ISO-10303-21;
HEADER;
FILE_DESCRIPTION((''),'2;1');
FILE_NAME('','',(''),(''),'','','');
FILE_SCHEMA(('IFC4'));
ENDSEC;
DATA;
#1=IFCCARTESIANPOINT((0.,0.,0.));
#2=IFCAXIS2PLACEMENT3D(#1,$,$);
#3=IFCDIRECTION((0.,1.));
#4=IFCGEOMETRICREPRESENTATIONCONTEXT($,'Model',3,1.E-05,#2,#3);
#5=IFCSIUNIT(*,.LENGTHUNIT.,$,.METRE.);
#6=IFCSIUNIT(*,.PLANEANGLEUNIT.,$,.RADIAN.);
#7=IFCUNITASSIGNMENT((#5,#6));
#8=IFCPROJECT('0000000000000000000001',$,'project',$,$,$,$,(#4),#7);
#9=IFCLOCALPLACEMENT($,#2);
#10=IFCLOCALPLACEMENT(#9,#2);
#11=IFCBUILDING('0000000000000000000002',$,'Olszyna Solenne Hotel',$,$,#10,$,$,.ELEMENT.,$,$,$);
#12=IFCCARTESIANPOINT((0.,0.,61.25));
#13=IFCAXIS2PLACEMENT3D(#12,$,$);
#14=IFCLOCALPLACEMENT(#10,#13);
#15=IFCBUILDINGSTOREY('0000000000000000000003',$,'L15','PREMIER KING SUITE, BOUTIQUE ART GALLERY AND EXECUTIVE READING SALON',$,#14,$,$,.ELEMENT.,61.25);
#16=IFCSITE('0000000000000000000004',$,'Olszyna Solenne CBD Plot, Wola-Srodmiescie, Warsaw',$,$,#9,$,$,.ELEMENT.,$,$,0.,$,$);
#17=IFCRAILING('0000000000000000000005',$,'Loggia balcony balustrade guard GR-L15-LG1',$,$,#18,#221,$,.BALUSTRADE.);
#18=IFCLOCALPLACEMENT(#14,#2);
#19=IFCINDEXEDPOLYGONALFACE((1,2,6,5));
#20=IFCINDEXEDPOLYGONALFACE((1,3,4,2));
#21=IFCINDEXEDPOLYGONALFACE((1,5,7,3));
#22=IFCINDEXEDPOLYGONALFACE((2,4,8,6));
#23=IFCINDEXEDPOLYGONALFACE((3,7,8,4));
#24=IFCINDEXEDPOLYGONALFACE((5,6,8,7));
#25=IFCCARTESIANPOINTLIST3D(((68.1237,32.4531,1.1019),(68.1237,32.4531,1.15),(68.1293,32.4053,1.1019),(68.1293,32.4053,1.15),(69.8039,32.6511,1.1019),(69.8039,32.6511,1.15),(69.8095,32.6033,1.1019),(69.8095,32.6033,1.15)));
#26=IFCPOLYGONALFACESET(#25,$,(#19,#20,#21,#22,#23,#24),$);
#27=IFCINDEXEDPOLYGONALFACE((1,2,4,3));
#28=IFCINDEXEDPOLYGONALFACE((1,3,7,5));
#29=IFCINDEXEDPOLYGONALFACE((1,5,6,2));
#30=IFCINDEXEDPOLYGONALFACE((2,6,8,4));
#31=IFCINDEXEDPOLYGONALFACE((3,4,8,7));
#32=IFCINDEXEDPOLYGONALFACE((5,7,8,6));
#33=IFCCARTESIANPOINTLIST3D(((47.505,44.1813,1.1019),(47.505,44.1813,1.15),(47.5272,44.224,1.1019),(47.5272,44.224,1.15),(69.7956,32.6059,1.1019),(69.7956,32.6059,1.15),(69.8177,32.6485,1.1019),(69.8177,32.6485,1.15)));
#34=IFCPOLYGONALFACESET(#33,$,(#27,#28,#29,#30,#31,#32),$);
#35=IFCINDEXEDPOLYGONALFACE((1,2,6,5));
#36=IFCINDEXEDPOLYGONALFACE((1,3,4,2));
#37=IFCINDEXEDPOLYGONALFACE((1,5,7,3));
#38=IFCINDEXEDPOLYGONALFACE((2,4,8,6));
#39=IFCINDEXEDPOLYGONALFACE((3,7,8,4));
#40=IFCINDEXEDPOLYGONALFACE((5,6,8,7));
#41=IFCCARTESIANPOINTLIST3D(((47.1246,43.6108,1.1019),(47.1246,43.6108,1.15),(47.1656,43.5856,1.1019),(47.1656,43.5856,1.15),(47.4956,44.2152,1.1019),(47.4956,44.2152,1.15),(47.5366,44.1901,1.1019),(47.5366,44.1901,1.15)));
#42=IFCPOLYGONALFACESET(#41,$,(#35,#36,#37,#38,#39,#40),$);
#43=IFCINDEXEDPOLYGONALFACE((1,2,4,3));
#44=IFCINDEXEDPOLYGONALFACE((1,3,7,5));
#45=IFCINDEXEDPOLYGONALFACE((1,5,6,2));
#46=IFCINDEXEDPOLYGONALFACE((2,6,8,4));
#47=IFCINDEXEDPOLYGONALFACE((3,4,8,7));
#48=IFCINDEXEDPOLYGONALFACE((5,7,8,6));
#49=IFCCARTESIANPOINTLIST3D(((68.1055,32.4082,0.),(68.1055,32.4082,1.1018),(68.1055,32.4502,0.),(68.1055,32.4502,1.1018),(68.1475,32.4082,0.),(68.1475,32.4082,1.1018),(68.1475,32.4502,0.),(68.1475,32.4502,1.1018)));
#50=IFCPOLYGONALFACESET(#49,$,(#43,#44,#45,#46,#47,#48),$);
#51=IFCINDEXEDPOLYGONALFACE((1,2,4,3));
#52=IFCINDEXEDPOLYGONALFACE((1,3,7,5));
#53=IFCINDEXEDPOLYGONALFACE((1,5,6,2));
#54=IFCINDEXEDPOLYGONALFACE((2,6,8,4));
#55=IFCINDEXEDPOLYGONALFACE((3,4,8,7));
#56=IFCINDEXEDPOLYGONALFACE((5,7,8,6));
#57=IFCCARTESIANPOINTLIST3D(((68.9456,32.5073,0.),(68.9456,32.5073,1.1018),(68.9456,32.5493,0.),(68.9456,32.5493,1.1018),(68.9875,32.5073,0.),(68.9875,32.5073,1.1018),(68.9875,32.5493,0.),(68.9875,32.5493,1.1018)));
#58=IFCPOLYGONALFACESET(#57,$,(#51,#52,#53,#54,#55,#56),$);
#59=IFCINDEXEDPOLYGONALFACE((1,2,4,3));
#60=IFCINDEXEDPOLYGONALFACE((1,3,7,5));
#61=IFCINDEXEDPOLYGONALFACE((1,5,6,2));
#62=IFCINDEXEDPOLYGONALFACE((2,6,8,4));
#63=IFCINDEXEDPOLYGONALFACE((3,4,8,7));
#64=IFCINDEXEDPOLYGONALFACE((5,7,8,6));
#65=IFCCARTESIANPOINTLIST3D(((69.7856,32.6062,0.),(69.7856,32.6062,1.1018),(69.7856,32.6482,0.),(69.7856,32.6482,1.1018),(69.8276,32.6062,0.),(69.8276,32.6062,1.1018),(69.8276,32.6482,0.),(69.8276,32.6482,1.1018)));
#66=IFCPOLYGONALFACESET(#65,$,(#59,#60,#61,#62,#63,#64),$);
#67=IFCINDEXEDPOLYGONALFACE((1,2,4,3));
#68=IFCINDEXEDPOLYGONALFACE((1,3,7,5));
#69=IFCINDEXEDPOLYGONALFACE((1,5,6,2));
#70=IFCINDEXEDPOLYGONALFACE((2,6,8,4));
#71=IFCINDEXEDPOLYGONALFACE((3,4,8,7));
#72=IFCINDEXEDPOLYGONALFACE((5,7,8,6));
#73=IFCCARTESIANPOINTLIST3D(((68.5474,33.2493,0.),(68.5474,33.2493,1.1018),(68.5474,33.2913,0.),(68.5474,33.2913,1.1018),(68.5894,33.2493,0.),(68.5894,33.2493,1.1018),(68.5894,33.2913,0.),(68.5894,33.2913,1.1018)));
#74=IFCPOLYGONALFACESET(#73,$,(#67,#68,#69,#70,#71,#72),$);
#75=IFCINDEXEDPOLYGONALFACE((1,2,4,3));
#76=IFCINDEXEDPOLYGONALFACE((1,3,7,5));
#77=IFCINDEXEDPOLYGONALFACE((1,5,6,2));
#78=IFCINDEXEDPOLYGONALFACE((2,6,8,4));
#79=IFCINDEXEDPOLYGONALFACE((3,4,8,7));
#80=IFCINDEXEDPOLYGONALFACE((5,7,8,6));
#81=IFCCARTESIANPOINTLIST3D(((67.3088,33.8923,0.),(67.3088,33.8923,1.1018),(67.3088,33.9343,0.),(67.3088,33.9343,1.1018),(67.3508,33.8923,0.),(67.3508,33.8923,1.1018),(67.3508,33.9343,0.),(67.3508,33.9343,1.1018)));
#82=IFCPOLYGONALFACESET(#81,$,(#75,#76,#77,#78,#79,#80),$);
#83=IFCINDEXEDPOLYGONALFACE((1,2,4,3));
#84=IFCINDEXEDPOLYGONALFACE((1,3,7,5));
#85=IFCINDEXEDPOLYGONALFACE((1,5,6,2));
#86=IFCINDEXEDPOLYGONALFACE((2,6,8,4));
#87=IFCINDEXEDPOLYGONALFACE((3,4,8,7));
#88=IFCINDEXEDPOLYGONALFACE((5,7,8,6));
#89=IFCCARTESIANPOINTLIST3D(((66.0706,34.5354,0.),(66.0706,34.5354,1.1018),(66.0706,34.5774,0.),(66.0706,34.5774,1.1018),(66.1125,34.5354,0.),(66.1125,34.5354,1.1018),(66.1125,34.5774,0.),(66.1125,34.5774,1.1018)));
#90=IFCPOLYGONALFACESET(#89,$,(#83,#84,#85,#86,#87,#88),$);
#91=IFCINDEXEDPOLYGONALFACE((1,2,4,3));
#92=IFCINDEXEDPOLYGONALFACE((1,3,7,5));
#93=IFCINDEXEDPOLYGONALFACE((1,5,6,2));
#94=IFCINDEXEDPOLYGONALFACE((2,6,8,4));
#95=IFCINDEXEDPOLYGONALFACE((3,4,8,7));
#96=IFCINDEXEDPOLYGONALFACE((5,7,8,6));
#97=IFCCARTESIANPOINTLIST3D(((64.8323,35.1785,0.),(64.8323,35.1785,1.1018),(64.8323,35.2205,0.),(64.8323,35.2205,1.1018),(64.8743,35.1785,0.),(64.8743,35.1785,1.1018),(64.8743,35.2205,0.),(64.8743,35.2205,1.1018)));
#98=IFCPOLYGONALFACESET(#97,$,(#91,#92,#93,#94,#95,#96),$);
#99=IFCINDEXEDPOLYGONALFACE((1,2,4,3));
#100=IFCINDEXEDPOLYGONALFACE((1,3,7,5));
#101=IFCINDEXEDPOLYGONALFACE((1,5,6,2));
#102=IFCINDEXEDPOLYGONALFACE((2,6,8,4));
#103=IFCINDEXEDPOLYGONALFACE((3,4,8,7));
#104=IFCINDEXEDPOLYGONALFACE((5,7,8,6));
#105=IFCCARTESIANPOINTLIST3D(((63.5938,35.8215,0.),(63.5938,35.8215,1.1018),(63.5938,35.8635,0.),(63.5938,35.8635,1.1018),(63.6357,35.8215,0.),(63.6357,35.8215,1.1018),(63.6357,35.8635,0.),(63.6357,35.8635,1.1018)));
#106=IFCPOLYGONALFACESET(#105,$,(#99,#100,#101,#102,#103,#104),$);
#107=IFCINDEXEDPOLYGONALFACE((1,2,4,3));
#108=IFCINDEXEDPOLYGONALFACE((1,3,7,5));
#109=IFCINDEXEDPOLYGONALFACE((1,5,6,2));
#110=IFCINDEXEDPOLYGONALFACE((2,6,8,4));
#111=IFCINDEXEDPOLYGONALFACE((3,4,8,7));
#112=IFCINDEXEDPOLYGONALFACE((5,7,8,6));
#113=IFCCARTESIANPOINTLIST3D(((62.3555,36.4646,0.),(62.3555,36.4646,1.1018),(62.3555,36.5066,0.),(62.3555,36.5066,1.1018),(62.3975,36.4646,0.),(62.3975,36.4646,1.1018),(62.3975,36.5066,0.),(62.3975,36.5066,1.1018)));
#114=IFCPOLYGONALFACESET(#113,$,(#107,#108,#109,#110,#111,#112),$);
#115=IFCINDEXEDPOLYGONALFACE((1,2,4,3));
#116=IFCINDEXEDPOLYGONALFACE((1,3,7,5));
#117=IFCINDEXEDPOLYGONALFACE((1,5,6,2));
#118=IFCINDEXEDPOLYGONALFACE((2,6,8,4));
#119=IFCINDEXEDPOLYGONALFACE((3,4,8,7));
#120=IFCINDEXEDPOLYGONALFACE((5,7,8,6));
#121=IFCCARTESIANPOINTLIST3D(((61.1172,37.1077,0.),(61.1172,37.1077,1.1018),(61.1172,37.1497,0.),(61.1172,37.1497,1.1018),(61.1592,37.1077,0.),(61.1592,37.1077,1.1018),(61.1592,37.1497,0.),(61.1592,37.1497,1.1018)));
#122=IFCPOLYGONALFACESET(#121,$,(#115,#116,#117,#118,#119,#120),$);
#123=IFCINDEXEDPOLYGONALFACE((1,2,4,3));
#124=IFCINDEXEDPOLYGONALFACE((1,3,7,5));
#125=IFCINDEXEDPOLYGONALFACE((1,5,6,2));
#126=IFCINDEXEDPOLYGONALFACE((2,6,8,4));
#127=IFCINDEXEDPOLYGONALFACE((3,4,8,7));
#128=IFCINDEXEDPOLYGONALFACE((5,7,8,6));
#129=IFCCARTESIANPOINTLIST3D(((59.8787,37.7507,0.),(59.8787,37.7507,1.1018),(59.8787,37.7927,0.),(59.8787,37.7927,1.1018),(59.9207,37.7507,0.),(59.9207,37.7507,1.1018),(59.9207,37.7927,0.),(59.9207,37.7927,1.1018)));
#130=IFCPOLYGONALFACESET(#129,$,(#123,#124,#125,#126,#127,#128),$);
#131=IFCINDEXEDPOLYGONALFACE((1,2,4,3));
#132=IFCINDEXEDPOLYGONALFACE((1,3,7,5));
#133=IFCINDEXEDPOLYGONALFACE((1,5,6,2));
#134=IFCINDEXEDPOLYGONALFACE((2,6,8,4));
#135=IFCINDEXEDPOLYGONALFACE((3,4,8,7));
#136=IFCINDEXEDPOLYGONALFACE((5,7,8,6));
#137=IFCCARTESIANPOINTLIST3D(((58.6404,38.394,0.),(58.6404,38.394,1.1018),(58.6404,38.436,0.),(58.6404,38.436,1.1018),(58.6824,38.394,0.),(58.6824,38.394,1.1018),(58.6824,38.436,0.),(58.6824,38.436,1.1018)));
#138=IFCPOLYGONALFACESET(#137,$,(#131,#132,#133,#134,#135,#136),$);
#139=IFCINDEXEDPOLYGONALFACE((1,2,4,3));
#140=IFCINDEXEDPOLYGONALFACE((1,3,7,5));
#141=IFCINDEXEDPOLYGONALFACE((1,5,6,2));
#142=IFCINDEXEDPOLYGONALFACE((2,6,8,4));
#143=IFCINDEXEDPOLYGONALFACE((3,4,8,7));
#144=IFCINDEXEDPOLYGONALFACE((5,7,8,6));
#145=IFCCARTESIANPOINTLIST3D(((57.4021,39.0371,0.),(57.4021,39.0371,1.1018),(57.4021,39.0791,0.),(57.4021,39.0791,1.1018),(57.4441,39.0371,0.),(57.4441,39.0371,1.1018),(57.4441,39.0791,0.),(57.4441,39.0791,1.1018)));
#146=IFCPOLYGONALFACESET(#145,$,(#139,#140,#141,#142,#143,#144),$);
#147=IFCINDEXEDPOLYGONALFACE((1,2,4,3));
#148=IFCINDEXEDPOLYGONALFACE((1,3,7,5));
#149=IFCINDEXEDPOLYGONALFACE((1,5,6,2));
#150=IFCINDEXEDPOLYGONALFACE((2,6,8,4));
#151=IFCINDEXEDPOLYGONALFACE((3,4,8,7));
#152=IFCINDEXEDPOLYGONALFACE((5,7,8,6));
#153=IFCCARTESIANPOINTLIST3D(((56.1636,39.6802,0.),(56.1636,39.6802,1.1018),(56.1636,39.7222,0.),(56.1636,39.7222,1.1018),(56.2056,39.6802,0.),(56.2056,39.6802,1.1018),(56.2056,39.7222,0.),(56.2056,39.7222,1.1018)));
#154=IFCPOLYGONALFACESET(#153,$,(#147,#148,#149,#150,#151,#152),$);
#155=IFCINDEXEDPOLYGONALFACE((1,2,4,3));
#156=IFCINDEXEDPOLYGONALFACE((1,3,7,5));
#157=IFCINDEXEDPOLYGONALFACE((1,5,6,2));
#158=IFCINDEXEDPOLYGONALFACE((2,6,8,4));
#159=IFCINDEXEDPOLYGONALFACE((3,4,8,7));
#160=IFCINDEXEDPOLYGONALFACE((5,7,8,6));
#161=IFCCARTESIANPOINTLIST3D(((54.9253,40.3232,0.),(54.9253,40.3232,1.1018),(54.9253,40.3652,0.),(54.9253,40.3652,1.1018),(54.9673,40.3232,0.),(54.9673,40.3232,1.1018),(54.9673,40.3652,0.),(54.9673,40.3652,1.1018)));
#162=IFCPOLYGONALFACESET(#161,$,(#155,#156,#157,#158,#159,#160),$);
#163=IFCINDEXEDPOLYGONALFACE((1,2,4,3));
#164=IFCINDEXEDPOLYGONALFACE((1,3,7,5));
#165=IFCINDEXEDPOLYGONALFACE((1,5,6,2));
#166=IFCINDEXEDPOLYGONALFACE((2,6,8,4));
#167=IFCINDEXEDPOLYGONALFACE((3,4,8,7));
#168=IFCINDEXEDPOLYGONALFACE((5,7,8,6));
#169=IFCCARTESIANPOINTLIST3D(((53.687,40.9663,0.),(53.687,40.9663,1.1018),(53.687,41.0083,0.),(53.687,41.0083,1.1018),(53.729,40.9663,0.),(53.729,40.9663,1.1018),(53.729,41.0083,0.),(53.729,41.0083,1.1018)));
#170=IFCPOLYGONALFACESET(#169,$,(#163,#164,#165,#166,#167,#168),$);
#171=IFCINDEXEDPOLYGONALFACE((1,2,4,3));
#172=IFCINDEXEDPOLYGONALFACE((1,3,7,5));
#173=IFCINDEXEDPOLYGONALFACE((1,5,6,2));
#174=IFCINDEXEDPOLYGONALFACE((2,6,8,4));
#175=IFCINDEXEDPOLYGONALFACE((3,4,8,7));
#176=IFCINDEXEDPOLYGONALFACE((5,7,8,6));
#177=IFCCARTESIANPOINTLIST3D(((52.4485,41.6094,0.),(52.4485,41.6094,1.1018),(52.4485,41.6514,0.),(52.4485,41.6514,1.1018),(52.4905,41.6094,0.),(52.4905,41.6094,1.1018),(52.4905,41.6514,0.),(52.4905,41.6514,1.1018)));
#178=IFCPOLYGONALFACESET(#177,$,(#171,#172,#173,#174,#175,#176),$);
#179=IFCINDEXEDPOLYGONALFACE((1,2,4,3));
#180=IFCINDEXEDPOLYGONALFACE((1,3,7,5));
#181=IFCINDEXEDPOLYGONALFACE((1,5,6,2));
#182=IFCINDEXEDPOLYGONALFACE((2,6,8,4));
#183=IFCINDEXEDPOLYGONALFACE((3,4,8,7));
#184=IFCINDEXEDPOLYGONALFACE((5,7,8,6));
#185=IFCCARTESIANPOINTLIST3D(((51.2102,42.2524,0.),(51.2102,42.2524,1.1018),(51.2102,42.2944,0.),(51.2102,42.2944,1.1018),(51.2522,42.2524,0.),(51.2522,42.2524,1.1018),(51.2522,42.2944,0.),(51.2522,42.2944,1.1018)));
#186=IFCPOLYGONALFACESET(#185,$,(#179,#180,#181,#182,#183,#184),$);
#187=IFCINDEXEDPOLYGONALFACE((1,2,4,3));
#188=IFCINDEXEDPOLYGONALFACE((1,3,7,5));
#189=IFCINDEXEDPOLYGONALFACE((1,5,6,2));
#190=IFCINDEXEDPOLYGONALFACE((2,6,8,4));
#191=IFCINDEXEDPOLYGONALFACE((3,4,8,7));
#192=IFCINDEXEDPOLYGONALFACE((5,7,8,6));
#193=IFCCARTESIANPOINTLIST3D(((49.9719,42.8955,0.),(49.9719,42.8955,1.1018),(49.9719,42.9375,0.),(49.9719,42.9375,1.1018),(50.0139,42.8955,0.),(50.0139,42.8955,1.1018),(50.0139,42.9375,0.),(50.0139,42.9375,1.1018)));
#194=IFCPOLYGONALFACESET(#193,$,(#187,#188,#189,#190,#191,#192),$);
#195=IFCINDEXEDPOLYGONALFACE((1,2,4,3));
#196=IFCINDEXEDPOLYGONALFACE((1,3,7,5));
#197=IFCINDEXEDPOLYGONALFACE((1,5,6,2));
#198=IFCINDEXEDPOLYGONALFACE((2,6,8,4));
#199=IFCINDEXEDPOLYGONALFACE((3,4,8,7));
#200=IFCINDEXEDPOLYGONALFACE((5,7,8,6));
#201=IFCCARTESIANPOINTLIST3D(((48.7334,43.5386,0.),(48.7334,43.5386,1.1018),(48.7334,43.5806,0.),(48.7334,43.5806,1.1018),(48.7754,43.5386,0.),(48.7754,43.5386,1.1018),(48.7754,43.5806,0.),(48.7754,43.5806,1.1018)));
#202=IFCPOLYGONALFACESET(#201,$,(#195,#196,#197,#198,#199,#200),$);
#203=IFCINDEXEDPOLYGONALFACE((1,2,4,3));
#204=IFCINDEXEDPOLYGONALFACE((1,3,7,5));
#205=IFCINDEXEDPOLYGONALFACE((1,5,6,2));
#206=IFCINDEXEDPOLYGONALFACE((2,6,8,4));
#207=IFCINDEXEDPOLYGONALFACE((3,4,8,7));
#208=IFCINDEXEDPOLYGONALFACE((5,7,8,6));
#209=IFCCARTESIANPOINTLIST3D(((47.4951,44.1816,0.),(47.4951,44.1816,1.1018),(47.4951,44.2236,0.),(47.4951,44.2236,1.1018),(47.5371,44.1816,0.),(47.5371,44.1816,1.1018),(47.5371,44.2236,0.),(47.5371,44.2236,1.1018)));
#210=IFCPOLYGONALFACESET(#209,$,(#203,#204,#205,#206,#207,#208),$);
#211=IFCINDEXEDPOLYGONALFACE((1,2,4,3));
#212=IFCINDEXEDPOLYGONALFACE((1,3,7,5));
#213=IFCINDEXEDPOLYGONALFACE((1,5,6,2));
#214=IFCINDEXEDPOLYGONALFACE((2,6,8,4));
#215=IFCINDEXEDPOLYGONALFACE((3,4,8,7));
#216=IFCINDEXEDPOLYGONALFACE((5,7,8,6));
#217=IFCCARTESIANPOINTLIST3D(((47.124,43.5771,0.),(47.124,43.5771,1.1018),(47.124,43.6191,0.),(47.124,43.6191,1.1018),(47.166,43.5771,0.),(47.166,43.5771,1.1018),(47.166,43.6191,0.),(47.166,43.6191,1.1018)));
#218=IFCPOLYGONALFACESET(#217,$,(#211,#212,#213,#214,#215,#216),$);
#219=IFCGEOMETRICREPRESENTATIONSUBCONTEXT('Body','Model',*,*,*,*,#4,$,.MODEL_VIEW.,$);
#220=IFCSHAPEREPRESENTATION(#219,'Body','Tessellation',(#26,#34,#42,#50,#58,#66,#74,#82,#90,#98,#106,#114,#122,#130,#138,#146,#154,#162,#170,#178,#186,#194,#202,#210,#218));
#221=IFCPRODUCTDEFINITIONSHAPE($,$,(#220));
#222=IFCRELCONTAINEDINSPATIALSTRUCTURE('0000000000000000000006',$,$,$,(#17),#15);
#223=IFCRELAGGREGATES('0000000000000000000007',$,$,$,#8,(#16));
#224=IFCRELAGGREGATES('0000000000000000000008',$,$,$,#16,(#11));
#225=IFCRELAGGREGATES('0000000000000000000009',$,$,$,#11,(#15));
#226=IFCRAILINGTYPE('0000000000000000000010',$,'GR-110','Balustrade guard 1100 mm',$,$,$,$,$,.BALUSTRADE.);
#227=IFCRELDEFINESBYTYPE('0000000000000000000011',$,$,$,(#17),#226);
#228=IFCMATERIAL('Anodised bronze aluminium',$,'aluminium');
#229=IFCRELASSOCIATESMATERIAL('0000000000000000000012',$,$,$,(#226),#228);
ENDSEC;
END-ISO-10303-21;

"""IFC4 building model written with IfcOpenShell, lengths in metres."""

from ifc_helpers import new_model, si_unit, direction, frame, origin, origin_2d, place, context, subcontext, project, spatial, rectangle, extrude, material, type_object, element, save


model = new_model("IFC4")

# Units and contexts
model_context = context("Model", 3, precision=1e-05, world=origin(), true_north=direction((0.0, 1.0)))
body_context = subcontext(model_context, "Body", "Model", "MODEL_VIEW")
ifc_project = project(units=[si_unit("LENGTHUNIT", "METRE"), si_unit("PLANEANGLEUNIT", "RADIAN")], contexts=[model_context])

# Site, building, storey
site_placement = place(None, origin())
site = spatial("IfcSite", under=ifc_project, at=site_placement, Name="Olszyna Solenne CBD Plot, Wola-Srodmiescie, Warsaw", CompositionType="ELEMENT", RefElevation=0.0)
building_placement = place(site_placement, origin())
building = spatial("IfcBuilding", under=site, at=building_placement, Name="Olszyna Solenne Hotel", CompositionType="ELEMENT")
storey_placement = place(building_placement, frame((0.0, 0.0, 61.25)))
storey = spatial("IfcBuildingStorey", under=building, at=storey_placement, Name="L15", Description="PREMIER KING SUITE, BOUTIQUE ART GALLERY AND EXECUTIVE READING SALON", CompositionType="ELEMENT", Elevation=61.25)

# Shared definitions
ifc_material_1 = material(Name="Anodised bronze aluminium", Category="aluminium")

# Railing
railing_type = type_object("IfcRailingType", Name="GR-110", Description="Balustrade guard 1100 mm", PredefinedType="BALUSTRADE", material=ifc_material_1)
railing_placement = place(storey_placement, frame((68.1265, 32.4292, 0.0)))
element("IfcRailing", 1, at=railing_placement, inside=storey, type_object=railing_type, Name="Loggia balcony balustrade guard GR-L15-LG1", PredefinedType="BALUSTRADE", context=body_context, shape_type="SweptSolid", body=[
    extrude(rectangle(XDim=0.0481, YDim=0.0481, at=origin_2d()), frame((0.0, 0.0, 1.126), z_axis=(0.993128, 0.117034, 0.0), x_axis=(-0.117034, 0.993128, 0.0)), (0.0, 0.0, 1.0), 1.6919),
    extrude(rectangle(XDim=0.0481, YDim=0.0481, at=origin_2d()), frame((1.6802, 0.198, 1.126), z_axis=(-0.887471, 0.460863, 0.0), x_axis=(-0.460863, -0.887471, 0.0)), (0.0, 0.0, 1.0), 25.1169),
    extrude(rectangle(XDim=0.0481, YDim=0.0481, at=origin_2d()), frame((-20.6104, 11.7734, 1.126), z_axis=(-0.523175, -0.852225, 0.0), x_axis=(0.852225, -0.523175, 0.0)), (0.0, 0.0, 1.0), 0.7092),
    extrude(rectangle(XDim=0.042, YDim=0.042, at=origin_2d()), origin(), (0.0, 0.0, 1.0), 1.1018),
    extrude(rectangle(XDim=0.042, YDim=0.042, at=origin_2d()), frame((0.8401, 0.0991, 0.0)), (0.0, 0.0, 1.0), 1.1018),
    extrude(rectangle(XDim=0.042, YDim=0.042, at=origin_2d()), frame((1.6802, 0.198, 0.0)), (0.0, 0.0, 1.0), 1.1018),
    extrude(rectangle(XDim=0.042, YDim=0.042, at=origin_2d()), frame((0.4419, 0.8411, 0.0)), (0.0, 0.0, 1.0), 1.1018),
    extrude(rectangle(XDim=0.042, YDim=0.042, at=origin_2d()), frame((-0.7966, 1.4841, 0.0)), (0.0, 0.0, 1.0), 1.1018),
    extrude(rectangle(XDim=0.042, YDim=0.042, at=origin_2d()), frame((-2.0349, 2.1272, 0.0)), (0.0, 0.0, 1.0), 1.1018),
    extrude(rectangle(XDim=0.042, YDim=0.042, at=origin_2d()), frame((-3.2732, 2.7703, 0.0)), (0.0, 0.0, 1.0), 1.1018),
    extrude(rectangle(XDim=0.042, YDim=0.042, at=origin_2d()), frame((-4.5117, 3.4133, 0.0)), (0.0, 0.0, 1.0), 1.1018),
    extrude(rectangle(XDim=0.042, YDim=0.042, at=origin_2d()), frame((-5.75, 4.0564, 0.0)), (0.0, 0.0, 1.0), 1.1018),
    extrude(rectangle(XDim=0.042, YDim=0.042, at=origin_2d()), frame((-6.9883, 4.6995, 0.0)), (0.0, 0.0, 1.0), 1.1018),
    extrude(rectangle(XDim=0.042, YDim=0.042, at=origin_2d()), frame((-8.2268, 5.3425, 0.0)), (0.0, 0.0, 1.0), 1.1018),
    extrude(rectangle(XDim=0.042, YDim=0.042, at=origin_2d()), frame((-9.4651, 5.9858, 0.0)), (0.0, 0.0, 1.0), 1.1018),
    extrude(rectangle(XDim=0.042, YDim=0.042, at=origin_2d()), frame((-10.7034, 6.6289, 0.0)), (0.0, 0.0, 1.0), 1.1018),
    extrude(rectangle(XDim=0.042, YDim=0.042, at=origin_2d()), frame((-11.9419, 7.272, 0.0)), (0.0, 0.0, 1.0), 1.1018),
    extrude(rectangle(XDim=0.042, YDim=0.042, at=origin_2d()), frame((-13.1802, 7.915, 0.0)), (0.0, 0.0, 1.0), 1.1018),
    extrude(rectangle(XDim=0.042, YDim=0.042, at=origin_2d()), frame((-14.4185, 8.5581, 0.0)), (0.0, 0.0, 1.0), 1.1018),
    extrude(rectangle(XDim=0.042, YDim=0.042, at=origin_2d()), frame((-15.657, 9.2012, 0.0)), (0.0, 0.0, 1.0), 1.1018),
    extrude(rectangle(XDim=0.042, YDim=0.042, at=origin_2d()), frame((-16.8953, 9.8442, 0.0)), (0.0, 0.0, 1.0), 1.1018),
    extrude(rectangle(XDim=0.042, YDim=0.042, at=origin_2d()), frame((-18.1335, 10.4873, 0.0)), (0.0, 0.0, 1.0), 1.1018),
    extrude(rectangle(XDim=0.042, YDim=0.042, at=origin_2d()), frame((-19.3721, 11.1304, 0.0)), (0.0, 0.0, 1.0), 1.1018),
    extrude(rectangle(XDim=0.042, YDim=0.042, at=origin_2d()), frame((-20.6104, 11.7734, 0.0)), (0.0, 0.0, 1.0), 1.1018),
    extrude(rectangle(XDim=0.042, YDim=0.042, at=origin_2d()), frame((-20.9814, 11.1689, 0.0)), (0.0, 0.0, 1.0), 1.1018),
])

save(model, "model.ifc")
